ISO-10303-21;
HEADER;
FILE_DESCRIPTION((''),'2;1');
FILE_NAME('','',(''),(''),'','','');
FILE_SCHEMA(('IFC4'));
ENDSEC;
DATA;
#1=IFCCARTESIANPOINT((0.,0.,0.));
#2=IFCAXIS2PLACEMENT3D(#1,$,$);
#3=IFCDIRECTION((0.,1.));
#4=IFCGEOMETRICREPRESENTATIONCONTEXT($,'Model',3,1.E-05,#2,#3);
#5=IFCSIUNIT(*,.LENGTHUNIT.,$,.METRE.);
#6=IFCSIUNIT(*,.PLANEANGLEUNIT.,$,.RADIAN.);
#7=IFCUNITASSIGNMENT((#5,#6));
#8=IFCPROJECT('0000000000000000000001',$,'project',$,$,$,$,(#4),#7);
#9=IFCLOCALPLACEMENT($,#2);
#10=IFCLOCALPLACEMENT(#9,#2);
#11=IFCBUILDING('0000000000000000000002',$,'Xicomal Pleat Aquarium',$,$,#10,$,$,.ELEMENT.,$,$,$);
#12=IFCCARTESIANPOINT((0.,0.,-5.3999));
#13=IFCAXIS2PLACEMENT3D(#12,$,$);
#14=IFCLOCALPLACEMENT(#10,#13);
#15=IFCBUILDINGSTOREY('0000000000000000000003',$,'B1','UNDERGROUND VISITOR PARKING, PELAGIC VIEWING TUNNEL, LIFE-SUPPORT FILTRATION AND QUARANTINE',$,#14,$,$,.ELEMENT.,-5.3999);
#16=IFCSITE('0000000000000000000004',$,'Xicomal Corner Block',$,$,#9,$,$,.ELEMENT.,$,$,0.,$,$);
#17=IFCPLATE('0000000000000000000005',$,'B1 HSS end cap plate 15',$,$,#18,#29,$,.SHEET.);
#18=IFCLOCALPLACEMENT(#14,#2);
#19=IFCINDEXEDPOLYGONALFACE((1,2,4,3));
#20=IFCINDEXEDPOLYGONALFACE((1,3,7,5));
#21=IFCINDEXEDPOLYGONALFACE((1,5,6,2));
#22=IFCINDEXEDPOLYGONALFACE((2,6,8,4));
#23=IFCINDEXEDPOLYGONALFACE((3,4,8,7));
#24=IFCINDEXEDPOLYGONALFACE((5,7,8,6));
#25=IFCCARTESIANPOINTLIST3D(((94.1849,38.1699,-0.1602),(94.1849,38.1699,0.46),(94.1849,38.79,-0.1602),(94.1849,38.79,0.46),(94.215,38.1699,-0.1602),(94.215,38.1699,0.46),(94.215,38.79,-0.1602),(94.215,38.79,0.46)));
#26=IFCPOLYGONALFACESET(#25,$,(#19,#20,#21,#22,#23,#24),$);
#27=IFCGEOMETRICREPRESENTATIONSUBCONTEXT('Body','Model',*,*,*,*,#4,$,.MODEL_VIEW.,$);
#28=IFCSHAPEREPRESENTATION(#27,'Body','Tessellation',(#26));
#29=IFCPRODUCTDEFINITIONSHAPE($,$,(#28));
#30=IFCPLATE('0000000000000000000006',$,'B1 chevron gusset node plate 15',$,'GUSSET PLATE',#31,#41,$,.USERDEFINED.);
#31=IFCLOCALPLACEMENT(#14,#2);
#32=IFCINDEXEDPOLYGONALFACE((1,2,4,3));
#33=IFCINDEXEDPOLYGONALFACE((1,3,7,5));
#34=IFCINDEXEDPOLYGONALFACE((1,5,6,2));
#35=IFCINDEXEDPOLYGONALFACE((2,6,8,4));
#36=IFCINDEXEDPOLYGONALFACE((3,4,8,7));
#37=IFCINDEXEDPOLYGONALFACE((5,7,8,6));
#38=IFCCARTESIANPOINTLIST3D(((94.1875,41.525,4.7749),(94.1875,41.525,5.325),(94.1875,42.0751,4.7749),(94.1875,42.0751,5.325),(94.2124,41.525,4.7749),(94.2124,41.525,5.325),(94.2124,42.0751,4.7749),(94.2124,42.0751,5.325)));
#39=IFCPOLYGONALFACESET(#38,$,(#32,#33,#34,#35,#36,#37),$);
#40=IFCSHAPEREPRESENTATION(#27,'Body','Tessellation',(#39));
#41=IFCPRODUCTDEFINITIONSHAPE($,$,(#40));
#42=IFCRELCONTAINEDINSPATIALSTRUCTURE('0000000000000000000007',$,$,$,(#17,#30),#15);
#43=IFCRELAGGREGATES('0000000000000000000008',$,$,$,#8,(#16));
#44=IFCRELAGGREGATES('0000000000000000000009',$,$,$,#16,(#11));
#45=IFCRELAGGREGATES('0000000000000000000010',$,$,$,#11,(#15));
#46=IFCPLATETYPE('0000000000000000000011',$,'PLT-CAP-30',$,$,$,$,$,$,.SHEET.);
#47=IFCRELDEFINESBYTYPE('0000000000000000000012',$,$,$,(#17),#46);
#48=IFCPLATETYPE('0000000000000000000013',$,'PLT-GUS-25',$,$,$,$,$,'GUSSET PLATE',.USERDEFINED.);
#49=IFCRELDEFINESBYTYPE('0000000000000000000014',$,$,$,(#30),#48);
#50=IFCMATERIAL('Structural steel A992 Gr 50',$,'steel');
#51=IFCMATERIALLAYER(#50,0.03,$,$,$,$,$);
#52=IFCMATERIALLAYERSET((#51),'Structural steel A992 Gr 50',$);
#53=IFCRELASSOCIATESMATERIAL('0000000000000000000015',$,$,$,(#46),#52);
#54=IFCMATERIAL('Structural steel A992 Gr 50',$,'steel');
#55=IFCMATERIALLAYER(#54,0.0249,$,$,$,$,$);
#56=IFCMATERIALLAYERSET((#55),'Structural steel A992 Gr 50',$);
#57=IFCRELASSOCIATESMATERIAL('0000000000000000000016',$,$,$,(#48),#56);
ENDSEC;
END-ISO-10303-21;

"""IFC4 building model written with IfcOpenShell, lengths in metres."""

from ifc_helpers import new_model, si_unit, direction, frame, origin, origin_2d, place, context, subcontext, project, spatial, rectangle, extrude, material, layer, layer_set, type_object, element, save


model = new_model("IFC4")

# Units and contexts
model_context = context("Model", 3, precision=1e-05, world=origin(), true_north=direction((0.0, 1.0)))
body_context = subcontext(model_context, "Body", "Model", "MODEL_VIEW")
ifc_project = project(units=[si_unit("LENGTHUNIT", "METRE"), si_unit("PLANEANGLEUNIT", "RADIAN")], contexts=[model_context])

# Site, building, storey
site_placement = place(None, origin())
site = spatial("IfcSite", under=ifc_project, at=site_placement, Name="Xicomal Corner Block", CompositionType="ELEMENT", RefElevation=0.0)
building_placement = place(site_placement, origin())
building = spatial("IfcBuilding", under=site, at=building_placement, Name="Xicomal Pleat Aquarium", CompositionType="ELEMENT")
storey_placement = place(building_placement, frame((0.0, 0.0, -5.3999)))
storey = spatial("IfcBuildingStorey", under=building, at=storey_placement, Name="B1", Description="UNDERGROUND VISITOR PARKING, PELAGIC VIEWING TUNNEL, LIFE-SUPPORT FILTRATION AND QUARANTINE", CompositionType="ELEMENT", Elevation=-5.3999)

# Plates
ifc_material_1 = material(Name="Structural steel A992 Gr 50", Category="steel")
ifc_layer_1 = layer(ifc_material_1, 0.03)
ifc_layer_set_1 = layer_set([ifc_layer_1], Name="Structural steel A992 Gr 50")
plate_type_1 = type_object("IfcPlateType", Name="PLT-CAP-30", PredefinedType="SHEET", material=ifc_layer_set_1)
plate_1_placement = place(storey_placement, frame((94.2, 38.48, -0.1602), z_axis=(0.0, 0.0, 1.0), x_axis=(0.0, 1.0, 0.0)))
element("IfcPlate", 1, at=plate_1_placement, inside=storey, type_object=plate_type_1, Name="B1 HSS end cap plate 15", PredefinedType="SHEET", context=body_context, shape_type="SweptSolid", body=[
    extrude(rectangle(XDim=0.6201, YDim=0.03, at=origin_2d()), origin(), (0.0, 0.0, 1.0), 0.6201),
])
ifc_material_2 = material(Name="Structural steel A992 Gr 50", Category="steel")
ifc_layer_2 = layer(ifc_material_2, 0.0249)
ifc_layer_set_2 = layer_set([ifc_layer_2], Name="Structural steel A992 Gr 50")
plate_type_2 = type_object("IfcPlateType", Name="PLT-GUS-25", ElementType="GUSSET PLATE", PredefinedType="USERDEFINED", material=ifc_layer_set_2)
plate_2_placement = place(storey_placement, frame((94.2, 41.8, 4.7749), z_axis=(0.0, 0.0, 1.0), x_axis=(0.0, 1.0, 0.0)))
element("IfcPlate", 2, at=plate_2_placement, inside=storey, type_object=plate_type_2, Name="B1 chevron gusset node plate 15", ObjectType="GUSSET PLATE", PredefinedType="USERDEFINED", context=body_context, shape_type="SweptSolid", body=[
    extrude(rectangle(XDim=0.55, YDim=0.0249, at=origin_2d()), origin(), (0.0, 0.0, 1.0), 0.55),
])

save(model, "model.ifc")
